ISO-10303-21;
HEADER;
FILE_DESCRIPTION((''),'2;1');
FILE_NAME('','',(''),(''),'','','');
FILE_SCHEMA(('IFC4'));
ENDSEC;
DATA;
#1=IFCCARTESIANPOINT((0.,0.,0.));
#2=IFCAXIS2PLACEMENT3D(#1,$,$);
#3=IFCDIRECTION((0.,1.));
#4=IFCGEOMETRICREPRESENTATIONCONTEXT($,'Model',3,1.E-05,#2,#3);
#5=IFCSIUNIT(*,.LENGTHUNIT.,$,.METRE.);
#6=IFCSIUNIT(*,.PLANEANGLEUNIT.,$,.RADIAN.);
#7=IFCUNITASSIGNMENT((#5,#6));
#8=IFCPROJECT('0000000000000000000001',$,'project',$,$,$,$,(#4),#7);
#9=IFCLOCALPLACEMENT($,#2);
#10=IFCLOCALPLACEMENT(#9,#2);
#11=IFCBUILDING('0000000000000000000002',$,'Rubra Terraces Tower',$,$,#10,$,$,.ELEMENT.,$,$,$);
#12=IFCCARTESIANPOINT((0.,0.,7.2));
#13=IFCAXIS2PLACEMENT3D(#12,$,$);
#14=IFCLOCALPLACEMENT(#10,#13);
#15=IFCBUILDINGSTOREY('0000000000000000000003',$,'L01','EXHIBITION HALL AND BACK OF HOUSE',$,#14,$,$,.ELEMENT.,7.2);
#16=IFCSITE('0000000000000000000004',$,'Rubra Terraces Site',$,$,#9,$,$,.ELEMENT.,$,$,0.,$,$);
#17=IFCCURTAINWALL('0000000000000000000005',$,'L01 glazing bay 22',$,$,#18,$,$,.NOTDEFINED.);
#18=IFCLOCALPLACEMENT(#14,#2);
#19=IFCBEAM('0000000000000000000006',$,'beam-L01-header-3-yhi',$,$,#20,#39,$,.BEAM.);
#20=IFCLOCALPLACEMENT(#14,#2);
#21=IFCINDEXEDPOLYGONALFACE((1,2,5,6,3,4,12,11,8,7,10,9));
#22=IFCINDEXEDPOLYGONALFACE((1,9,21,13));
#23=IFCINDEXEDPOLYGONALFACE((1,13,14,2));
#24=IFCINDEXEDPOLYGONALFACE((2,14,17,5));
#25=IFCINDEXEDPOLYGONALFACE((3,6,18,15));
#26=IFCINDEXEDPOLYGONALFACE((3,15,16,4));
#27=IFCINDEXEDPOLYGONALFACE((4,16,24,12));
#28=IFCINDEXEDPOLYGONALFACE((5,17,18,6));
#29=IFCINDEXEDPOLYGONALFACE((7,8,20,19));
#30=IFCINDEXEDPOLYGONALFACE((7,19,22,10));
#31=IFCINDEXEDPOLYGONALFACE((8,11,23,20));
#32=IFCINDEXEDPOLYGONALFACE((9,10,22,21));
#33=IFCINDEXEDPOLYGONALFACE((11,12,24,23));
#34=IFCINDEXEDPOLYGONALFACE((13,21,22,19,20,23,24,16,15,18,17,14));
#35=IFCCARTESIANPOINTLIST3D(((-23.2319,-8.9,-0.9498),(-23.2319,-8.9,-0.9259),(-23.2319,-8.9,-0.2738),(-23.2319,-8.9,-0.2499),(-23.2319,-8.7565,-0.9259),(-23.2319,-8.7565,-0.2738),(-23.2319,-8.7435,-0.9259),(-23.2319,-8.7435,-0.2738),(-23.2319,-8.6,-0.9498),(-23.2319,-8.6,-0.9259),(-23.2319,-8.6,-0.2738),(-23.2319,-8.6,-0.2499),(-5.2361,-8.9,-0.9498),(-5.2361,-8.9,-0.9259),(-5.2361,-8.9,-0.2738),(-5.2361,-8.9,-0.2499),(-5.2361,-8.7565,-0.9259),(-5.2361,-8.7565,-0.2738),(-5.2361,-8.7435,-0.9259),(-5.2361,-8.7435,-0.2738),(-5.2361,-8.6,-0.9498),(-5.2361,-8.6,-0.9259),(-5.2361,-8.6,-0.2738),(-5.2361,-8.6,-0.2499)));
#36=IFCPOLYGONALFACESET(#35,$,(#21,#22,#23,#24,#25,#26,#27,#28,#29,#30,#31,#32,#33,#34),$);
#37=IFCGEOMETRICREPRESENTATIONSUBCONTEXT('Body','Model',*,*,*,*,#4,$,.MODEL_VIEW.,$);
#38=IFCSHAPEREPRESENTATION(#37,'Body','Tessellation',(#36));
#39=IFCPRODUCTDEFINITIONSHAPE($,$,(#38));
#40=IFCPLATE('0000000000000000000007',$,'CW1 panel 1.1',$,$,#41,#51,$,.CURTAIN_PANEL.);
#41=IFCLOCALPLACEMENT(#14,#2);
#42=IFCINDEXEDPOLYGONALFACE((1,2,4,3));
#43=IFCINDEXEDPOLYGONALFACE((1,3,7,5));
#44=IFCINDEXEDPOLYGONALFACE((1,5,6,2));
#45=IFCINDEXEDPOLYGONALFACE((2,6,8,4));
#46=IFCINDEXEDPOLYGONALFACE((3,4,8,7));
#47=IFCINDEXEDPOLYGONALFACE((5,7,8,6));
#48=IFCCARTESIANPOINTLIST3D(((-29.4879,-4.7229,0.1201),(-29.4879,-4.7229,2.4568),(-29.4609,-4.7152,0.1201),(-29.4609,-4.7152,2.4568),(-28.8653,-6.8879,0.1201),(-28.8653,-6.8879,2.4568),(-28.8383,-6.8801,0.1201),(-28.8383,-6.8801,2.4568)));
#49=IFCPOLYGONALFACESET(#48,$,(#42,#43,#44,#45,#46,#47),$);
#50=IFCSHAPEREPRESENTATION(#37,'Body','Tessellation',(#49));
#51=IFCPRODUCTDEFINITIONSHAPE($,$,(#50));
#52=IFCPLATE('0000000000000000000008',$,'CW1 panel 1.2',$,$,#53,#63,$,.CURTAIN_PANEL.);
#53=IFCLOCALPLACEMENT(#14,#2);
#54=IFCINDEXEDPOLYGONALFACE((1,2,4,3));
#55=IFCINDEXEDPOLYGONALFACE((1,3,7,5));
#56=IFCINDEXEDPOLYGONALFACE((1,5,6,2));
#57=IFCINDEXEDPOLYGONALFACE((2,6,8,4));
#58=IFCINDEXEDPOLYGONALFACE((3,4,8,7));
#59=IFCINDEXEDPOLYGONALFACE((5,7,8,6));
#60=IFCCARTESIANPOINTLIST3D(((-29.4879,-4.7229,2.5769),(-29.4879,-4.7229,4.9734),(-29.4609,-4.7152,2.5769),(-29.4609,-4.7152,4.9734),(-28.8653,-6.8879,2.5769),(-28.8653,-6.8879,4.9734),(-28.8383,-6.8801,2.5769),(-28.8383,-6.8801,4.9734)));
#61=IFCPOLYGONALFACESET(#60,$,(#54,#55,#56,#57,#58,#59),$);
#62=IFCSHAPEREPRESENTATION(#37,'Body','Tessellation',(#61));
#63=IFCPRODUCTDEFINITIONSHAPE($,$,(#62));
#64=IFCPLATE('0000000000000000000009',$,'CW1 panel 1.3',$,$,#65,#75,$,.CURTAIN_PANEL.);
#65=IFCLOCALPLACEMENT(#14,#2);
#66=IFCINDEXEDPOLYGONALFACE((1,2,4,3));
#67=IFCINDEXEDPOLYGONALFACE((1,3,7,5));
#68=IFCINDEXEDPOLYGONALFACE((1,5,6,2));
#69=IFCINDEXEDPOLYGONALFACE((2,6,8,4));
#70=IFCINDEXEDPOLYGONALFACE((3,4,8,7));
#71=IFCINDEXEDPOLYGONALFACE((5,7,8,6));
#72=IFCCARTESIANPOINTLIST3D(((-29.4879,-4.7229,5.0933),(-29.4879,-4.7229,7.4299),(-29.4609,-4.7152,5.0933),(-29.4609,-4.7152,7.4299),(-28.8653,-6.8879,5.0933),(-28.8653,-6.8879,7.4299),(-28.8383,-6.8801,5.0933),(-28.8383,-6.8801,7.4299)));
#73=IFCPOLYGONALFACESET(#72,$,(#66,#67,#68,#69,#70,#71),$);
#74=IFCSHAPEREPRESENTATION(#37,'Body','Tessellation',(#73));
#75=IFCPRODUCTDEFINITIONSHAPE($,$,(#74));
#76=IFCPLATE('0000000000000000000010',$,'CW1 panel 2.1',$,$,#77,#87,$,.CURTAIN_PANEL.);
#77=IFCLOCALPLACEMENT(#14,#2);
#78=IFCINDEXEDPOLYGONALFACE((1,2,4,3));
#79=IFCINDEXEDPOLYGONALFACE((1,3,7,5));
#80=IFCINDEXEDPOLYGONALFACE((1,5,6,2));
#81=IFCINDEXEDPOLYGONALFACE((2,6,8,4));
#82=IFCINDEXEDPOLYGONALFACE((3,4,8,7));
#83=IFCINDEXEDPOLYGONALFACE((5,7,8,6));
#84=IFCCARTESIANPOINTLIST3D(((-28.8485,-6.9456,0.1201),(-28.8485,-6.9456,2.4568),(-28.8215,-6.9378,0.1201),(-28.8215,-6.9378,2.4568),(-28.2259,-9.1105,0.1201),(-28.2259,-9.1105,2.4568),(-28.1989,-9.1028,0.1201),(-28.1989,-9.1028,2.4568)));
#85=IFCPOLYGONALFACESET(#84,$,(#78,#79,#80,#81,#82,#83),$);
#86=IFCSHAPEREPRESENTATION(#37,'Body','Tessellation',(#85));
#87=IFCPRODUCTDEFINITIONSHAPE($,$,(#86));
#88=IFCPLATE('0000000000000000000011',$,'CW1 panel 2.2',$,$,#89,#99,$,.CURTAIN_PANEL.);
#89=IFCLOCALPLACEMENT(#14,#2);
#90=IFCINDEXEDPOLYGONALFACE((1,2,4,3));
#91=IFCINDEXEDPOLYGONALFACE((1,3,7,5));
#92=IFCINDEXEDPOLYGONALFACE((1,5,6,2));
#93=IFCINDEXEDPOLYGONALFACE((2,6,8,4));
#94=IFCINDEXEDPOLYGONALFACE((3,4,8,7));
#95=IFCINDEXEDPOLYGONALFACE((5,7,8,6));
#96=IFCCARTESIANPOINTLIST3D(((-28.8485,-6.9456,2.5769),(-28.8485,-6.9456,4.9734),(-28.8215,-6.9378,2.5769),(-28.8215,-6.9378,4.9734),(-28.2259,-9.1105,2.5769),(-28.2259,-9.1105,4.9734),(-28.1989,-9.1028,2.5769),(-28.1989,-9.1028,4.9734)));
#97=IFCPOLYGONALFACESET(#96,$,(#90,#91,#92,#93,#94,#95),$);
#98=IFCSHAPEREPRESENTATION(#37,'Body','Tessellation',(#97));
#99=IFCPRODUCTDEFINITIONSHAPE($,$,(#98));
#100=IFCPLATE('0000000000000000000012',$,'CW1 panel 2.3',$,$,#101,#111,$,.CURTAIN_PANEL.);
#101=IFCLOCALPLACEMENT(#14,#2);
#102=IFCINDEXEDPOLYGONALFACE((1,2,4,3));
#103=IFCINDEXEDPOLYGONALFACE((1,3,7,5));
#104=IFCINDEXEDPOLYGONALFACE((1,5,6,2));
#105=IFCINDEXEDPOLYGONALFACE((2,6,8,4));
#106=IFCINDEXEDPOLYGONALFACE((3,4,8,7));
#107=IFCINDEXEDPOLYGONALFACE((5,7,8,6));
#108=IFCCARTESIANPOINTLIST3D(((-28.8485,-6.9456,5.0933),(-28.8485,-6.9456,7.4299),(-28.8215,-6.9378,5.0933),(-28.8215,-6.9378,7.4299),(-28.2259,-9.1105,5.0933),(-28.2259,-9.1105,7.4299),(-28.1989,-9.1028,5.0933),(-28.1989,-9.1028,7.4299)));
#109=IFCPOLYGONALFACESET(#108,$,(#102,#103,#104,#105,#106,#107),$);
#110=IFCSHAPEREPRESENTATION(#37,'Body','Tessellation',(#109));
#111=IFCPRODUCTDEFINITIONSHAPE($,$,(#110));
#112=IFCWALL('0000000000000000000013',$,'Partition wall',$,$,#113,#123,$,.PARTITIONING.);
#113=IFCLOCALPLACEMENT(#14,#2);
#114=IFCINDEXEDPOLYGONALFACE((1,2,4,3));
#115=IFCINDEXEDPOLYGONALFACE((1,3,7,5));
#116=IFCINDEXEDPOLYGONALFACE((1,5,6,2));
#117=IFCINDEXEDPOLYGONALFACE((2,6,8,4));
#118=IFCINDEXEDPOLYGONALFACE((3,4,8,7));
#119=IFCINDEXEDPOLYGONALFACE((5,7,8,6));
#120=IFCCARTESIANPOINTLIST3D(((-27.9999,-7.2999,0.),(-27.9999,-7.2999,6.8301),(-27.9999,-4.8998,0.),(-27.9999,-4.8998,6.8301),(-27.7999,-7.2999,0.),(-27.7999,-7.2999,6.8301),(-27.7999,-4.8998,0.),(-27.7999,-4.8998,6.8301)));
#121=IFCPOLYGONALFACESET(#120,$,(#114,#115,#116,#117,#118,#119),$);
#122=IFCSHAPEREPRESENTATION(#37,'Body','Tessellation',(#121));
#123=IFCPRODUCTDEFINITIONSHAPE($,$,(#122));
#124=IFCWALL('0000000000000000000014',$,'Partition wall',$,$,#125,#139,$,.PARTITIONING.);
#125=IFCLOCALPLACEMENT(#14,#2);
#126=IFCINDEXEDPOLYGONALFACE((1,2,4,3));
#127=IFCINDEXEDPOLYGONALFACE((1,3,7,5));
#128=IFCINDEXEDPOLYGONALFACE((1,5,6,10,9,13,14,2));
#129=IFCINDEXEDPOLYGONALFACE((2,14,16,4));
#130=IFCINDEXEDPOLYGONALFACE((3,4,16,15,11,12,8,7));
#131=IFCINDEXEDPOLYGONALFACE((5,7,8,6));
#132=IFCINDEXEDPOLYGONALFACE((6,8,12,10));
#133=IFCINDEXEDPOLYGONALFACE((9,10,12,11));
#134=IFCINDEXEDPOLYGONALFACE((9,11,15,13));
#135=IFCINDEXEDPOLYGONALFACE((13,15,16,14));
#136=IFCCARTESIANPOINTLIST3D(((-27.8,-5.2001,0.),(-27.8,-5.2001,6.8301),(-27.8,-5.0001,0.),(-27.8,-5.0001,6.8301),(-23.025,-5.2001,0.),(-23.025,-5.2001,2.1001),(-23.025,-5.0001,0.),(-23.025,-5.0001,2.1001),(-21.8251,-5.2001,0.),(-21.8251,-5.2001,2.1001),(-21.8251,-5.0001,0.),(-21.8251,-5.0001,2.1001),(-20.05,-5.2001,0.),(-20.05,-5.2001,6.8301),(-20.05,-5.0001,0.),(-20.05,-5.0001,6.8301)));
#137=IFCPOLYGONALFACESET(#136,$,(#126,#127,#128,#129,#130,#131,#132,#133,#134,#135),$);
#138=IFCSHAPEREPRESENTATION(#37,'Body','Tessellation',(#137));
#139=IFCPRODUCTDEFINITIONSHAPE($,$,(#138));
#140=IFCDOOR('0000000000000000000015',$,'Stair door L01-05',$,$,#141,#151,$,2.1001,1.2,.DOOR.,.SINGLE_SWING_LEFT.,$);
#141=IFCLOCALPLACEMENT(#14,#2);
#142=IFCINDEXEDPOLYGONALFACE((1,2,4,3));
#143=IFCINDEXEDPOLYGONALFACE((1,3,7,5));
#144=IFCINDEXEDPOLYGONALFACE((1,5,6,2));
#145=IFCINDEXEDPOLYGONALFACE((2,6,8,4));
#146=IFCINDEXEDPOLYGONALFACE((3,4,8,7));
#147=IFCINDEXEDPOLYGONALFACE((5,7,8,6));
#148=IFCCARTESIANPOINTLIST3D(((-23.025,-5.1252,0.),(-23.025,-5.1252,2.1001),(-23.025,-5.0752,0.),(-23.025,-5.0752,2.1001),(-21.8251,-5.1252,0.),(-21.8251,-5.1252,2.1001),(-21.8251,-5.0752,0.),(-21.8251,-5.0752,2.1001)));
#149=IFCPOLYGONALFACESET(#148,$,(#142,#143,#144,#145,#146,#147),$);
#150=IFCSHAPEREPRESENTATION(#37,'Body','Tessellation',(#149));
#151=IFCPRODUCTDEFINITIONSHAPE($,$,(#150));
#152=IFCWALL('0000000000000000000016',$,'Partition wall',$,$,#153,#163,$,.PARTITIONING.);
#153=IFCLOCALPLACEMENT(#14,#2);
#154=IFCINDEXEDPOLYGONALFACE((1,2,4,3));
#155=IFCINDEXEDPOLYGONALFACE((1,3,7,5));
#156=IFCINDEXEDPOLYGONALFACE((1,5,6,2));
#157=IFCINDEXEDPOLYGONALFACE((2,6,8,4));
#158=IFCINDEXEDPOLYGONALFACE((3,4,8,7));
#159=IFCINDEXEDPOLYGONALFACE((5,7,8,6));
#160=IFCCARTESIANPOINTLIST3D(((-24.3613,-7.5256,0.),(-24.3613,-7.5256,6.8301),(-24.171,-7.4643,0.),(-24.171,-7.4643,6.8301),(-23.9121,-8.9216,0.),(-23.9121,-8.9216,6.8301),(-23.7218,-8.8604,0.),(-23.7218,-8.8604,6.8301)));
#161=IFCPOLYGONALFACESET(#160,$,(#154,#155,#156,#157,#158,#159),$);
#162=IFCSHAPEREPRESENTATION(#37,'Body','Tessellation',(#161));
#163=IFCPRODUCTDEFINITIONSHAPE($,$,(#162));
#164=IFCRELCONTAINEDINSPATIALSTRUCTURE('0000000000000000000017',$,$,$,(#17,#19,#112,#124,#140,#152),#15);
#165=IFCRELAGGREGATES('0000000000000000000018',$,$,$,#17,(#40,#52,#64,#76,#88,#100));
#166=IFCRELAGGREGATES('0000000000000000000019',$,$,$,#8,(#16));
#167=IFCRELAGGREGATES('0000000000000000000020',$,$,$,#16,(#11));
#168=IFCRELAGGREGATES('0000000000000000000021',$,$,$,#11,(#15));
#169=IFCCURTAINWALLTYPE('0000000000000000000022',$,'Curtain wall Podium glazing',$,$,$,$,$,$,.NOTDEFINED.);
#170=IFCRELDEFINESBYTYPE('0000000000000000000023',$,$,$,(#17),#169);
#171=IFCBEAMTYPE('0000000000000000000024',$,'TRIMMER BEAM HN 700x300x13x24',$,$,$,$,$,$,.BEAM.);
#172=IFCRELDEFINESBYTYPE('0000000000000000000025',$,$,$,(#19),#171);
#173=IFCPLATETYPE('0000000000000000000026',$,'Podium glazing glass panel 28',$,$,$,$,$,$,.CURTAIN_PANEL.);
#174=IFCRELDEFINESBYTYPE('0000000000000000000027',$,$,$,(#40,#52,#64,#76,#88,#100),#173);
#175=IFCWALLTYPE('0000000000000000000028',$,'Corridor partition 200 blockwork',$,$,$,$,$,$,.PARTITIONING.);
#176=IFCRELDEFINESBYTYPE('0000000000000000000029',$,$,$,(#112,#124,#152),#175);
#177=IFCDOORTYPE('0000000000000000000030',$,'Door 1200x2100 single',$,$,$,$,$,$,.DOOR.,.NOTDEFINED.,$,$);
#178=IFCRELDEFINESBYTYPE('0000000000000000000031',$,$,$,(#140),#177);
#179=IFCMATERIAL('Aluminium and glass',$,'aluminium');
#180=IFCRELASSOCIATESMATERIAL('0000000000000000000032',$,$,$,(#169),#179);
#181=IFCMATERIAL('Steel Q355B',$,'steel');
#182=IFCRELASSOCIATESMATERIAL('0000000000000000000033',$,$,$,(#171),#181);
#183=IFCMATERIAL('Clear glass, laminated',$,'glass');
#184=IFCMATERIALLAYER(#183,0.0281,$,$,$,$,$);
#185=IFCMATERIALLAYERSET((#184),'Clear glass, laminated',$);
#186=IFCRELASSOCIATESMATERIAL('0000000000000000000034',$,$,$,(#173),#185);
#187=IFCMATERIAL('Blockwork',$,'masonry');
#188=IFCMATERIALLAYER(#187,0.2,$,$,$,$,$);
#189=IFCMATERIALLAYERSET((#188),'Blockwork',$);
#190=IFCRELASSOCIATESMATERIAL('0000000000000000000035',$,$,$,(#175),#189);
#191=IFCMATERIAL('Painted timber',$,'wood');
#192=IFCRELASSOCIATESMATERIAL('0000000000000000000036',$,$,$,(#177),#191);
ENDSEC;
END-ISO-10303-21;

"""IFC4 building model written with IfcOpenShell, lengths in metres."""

from ifc_helpers import new_model, si_unit, direction, frame, frame_2d, origin, origin_2d, place, context, subcontext, project, spatial, rectangle, i_section, extrude, material, layer, layer_set, material_profile, profile_set, type_object, element, fill, aggregate, save


model = new_model("IFC4")

# Units and contexts
model_context = context("Model", 3, precision=1e-05, world=origin(), true_north=direction((0.0, 1.0)))
body_context = subcontext(model_context, "Body", "Model", "MODEL_VIEW")
ifc_project = project(units=[si_unit("LENGTHUNIT", "METRE"), si_unit("PLANEANGLEUNIT", "RADIAN")], contexts=[model_context])

# Site, building, storey
site_placement = place(None, origin())
site = spatial("IfcSite", under=ifc_project, at=site_placement, Name="Rubra Terraces Site", CompositionType="ELEMENT", RefElevation=0.0)
building_placement = place(site_placement, origin())
building = spatial("IfcBuilding", under=site, at=building_placement, Name="Rubra Terraces Tower", CompositionType="ELEMENT")
storey_placement = place(building_placement, frame((0.0, 0.0, 7.2)))
storey = spatial("IfcBuildingStorey", under=building, at=storey_placement, Name="L01", Description="EXHIBITION HALL AND BACK OF HOUSE", CompositionType="ELEMENT", Elevation=7.2)

# Shared definitions
ifc_material_1 = material(Name="Steel Q355B", Category="steel")

# Curtain wall
ifc_material_2 = material(Name="Aluminium and glass", Category="aluminium")
curtain_wall_type = type_object("IfcCurtainWallType", Name="Curtain wall Podium glazing", PredefinedType="NOTDEFINED", material=ifc_material_2)
curtain_wall_1_placement = place(storey_placement, origin())
curtain_wall_1 = element("IfcCurtainWall", 1, at=curtain_wall_1_placement, inside=storey, type_object=curtain_wall_type, Name="L01 glazing bay 22", PredefinedType="NOTDEFINED")

# Beam
ifc_material_profile_1 = material_profile(ifc_material_1, i_section(OverallWidth=0.3, OverallDepth=0.7, WebThickness=0.0129, FlangeThickness=0.0239, at=origin_2d()), Name="HN 700x300x13x24")
ifc_profile_set_1 = profile_set([ifc_material_profile_1], Name="Steel Q355B")
beam_type_1 = type_object("IfcBeamType", Name="TRIMMER BEAM HN 700x300x13x24", PredefinedType="BEAM", material=ifc_profile_set_1)
beam_1_placement = place(storey_placement, frame((-23.2319, -8.75, -0.5999), z_axis=(1.0, 0.0, 0.0), x_axis=(0.0, 1.0, 0.0)))
element("IfcBeam", 2, at=beam_1_placement, inside=storey, type_object=beam_type_1, Name="beam-L01-header-3-yhi", PredefinedType="BEAM", context=body_context, shape_type="SweptSolid", body=[
    extrude(i_section(OverallWidth=0.3, OverallDepth=0.7, WebThickness=0.0129, FlangeThickness=0.0239, at=origin_2d()), origin(), (0.0, 0.0, 1.0), 17.9958),
])

# Plates
ifc_material_3 = material(Name="Clear glass, laminated", Category="glass")
ifc_layer_1 = layer(ifc_material_3, 0.0281)
ifc_layer_set_1 = layer_set([ifc_layer_1], Name="Clear glass, laminated")
plate_type = type_object("IfcPlateType", Name="Podium glazing glass panel 28", PredefinedType="CURTAIN_PANEL", material=ifc_layer_set_1)
plate_1_placement = place(storey_placement, frame((-29.1631, -5.8015, 0.1201), z_axis=(0.0, 0.0, 1.0), x_axis=(0.276384, -0.961047, 0.0)))
plate_1 = element("IfcPlate", 3, at=plate_1_placement, type_object=plate_type, Name="CW1 panel 1.1", PredefinedType="CURTAIN_PANEL", context=body_context, shape_type="SweptSolid", body=[
    extrude(rectangle(XDim=2.2527, YDim=0.0281, at=origin_2d()), origin(), (0.0, 0.0, 1.0), 2.3367),
])
plate_2_placement = place(storey_placement, frame((-29.1631, -5.8015, 2.5769), z_axis=(0.0, 0.0, 1.0), x_axis=(0.276384, -0.961047, 0.0)))
plate_2 = element("IfcPlate", 4, at=plate_2_placement, type_object=plate_type, Name="CW1 panel 1.2", PredefinedType="CURTAIN_PANEL", context=body_context, shape_type="SweptSolid", body=[
    extrude(rectangle(XDim=2.2527, YDim=0.0281, at=origin_2d()), origin(), (0.0, 0.0, 1.0), 2.3965),
])
plate_3_placement = place(storey_placement, frame((-29.1631, -5.8015, 5.0933), z_axis=(0.0, 0.0, 1.0), x_axis=(0.276384, -0.961047, 0.0)))
plate_3 = element("IfcPlate", 5, at=plate_3_placement, type_object=plate_type, Name="CW1 panel 1.3", PredefinedType="CURTAIN_PANEL", context=body_context, shape_type="SweptSolid", body=[
    extrude(rectangle(XDim=2.2527, YDim=0.0281, at=origin_2d()), origin(), (0.0, 0.0, 1.0), 2.3367),
])
plate_4_placement = place(storey_placement, frame((-28.5237, -8.0242, 0.1201), z_axis=(0.0, 0.0, 1.0), x_axis=(0.276384, -0.961047, 0.0)))
plate_4 = element("IfcPlate", 6, at=plate_4_placement, type_object=plate_type, Name="CW1 panel 2.1", PredefinedType="CURTAIN_PANEL", context=body_context, shape_type="SweptSolid", body=[
    extrude(rectangle(XDim=2.2527, YDim=0.0281, at=origin_2d()), origin(), (0.0, 0.0, 1.0), 2.3367),
])
plate_5_placement = place(storey_placement, frame((-28.5237, -8.0242, 2.5769), z_axis=(0.0, 0.0, 1.0), x_axis=(0.276384, -0.961047, 0.0)))
plate_5 = element("IfcPlate", 7, at=plate_5_placement, type_object=plate_type, Name="CW1 panel 2.2", PredefinedType="CURTAIN_PANEL", context=body_context, shape_type="SweptSolid", body=[
    extrude(rectangle(XDim=2.2527, YDim=0.0281, at=origin_2d()), origin(), (0.0, 0.0, 1.0), 2.3965),
])
plate_6_placement = place(storey_placement, frame((-28.5237, -8.0242, 5.0933), z_axis=(0.0, 0.0, 1.0), x_axis=(0.276384, -0.961047, 0.0)))
plate_6 = element("IfcPlate", 8, at=plate_6_placement, type_object=plate_type, Name="CW1 panel 2.3", PredefinedType="CURTAIN_PANEL", context=body_context, shape_type="SweptSolid", body=[
    extrude(rectangle(XDim=2.2527, YDim=0.0281, at=origin_2d()), origin(), (0.0, 0.0, 1.0), 2.3367),
])
aggregate(curtain_wall_1, [plate_1, plate_2, plate_3, plate_4, plate_5, plate_6])

# Wall
ifc_material_4 = material(Name="Blockwork", Category="masonry")
ifc_layer_2 = layer(ifc_material_4, 0.2)
ifc_layer_set_2 = layer_set([ifc_layer_2], Name="Blockwork")
wall_type = type_object("IfcWallType", Name="Corridor partition 200 blockwork", PredefinedType="PARTITIONING", material=ifc_layer_set_2)
wall_1_placement = place(storey_placement, frame((-27.8999, -7.3, 0.0), z_axis=(0.0, 0.0, 1.0), x_axis=(0.0, 1.0, 0.0)))
element("IfcWall", 9, at=wall_1_placement, inside=storey, type_object=wall_type, Name="Partition wall", PredefinedType="PARTITIONING", context=body_context, shape_type="SweptSolid", body=[
    extrude(rectangle(XDim=2.4001, YDim=0.2, at=frame_2d((1.2002, 0.0))), origin(), (0.0, 0.0, 1.0), 6.8301),
])

# Wall, opening, door
wall_2_placement = place(storey_placement, frame((-27.8, -5.1001, 0.0), z_axis=(0.0, 0.0, 1.0), x_axis=(1.0, 0.0, 0.0)))
wall_2 = element("IfcWall", 10, at=wall_2_placement, inside=storey, type_object=wall_type, Name="Partition wall", PredefinedType="PARTITIONING", context=body_context, shape_type="SweptSolid", body=[
    extrude(rectangle(XDim=7.75, YDim=0.2, at=frame_2d((3.875, 0.0))), origin(), (0.0, 0.0, 1.0), 6.8301),
])
opening_placement = place(wall_2_placement, frame((4.7749, 0.0, 0.0)))
opening = element("IfcOpeningElement", 11, at=opening_placement, cuts=wall_2, PredefinedType="OPENING", context=body_context, shape_type="SweptSolid", body=[
    extrude(rectangle(XDim=1.2, YDim=2.1001, at=frame_2d((0.6001, 1.05))), frame((0.0, 0.1099, 0.0), z_axis=(0.0, -1.0, 0.0), x_axis=(1.0, 0.0, 0.0)), (0.0, 0.0, 1.0), 0.22),
])
ifc_material_5 = material(Name="Painted timber", Category="wood")
door_type = type_object("IfcDoorType", Name="Door 1200x2100 single", OperationType="NOTDEFINED", PredefinedType="DOOR", material=ifc_material_5)
door_placement = place(opening_placement, origin())
door = element("IfcDoor", 12, at=door_placement, inside=storey, type_object=door_type, Name="Stair door L01-05", OperationType="SINGLE_SWING_LEFT", OverallHeight=2.1001, OverallWidth=1.2, PredefinedType="DOOR", context=body_context, shape_type="SweptSolid", body=[
    extrude(rectangle(XDim=1.2, YDim=2.1001, at=frame_2d((0.6001, 1.05))), frame((0.0, 0.0249, 0.0), z_axis=(0.0, -1.0, 0.0), x_axis=(1.0, 0.0, 0.0)), (0.0, 0.0, 1.0), 0.05),
])
fill(opening, door)

# Wall
wall_3_placement = place(storey_placement, frame((-23.8169, -8.8911, 0.0), z_axis=(0.0, 0.0, 1.0), x_axis=(-0.306322, 0.951928, 0.0)))
element("IfcWall", 13, at=wall_3_placement, inside=storey, type_object=wall_type, Name="Partition wall", PredefinedType="PARTITIONING", context=body_context, shape_type="SweptSolid", body=[
    extrude(rectangle(XDim=1.4666, YDim=0.2, at=frame_2d((0.7334, 0.0))), origin(), (0.0, 0.0, 1.0), 6.8301),
])

save(model, "model.ifc")
